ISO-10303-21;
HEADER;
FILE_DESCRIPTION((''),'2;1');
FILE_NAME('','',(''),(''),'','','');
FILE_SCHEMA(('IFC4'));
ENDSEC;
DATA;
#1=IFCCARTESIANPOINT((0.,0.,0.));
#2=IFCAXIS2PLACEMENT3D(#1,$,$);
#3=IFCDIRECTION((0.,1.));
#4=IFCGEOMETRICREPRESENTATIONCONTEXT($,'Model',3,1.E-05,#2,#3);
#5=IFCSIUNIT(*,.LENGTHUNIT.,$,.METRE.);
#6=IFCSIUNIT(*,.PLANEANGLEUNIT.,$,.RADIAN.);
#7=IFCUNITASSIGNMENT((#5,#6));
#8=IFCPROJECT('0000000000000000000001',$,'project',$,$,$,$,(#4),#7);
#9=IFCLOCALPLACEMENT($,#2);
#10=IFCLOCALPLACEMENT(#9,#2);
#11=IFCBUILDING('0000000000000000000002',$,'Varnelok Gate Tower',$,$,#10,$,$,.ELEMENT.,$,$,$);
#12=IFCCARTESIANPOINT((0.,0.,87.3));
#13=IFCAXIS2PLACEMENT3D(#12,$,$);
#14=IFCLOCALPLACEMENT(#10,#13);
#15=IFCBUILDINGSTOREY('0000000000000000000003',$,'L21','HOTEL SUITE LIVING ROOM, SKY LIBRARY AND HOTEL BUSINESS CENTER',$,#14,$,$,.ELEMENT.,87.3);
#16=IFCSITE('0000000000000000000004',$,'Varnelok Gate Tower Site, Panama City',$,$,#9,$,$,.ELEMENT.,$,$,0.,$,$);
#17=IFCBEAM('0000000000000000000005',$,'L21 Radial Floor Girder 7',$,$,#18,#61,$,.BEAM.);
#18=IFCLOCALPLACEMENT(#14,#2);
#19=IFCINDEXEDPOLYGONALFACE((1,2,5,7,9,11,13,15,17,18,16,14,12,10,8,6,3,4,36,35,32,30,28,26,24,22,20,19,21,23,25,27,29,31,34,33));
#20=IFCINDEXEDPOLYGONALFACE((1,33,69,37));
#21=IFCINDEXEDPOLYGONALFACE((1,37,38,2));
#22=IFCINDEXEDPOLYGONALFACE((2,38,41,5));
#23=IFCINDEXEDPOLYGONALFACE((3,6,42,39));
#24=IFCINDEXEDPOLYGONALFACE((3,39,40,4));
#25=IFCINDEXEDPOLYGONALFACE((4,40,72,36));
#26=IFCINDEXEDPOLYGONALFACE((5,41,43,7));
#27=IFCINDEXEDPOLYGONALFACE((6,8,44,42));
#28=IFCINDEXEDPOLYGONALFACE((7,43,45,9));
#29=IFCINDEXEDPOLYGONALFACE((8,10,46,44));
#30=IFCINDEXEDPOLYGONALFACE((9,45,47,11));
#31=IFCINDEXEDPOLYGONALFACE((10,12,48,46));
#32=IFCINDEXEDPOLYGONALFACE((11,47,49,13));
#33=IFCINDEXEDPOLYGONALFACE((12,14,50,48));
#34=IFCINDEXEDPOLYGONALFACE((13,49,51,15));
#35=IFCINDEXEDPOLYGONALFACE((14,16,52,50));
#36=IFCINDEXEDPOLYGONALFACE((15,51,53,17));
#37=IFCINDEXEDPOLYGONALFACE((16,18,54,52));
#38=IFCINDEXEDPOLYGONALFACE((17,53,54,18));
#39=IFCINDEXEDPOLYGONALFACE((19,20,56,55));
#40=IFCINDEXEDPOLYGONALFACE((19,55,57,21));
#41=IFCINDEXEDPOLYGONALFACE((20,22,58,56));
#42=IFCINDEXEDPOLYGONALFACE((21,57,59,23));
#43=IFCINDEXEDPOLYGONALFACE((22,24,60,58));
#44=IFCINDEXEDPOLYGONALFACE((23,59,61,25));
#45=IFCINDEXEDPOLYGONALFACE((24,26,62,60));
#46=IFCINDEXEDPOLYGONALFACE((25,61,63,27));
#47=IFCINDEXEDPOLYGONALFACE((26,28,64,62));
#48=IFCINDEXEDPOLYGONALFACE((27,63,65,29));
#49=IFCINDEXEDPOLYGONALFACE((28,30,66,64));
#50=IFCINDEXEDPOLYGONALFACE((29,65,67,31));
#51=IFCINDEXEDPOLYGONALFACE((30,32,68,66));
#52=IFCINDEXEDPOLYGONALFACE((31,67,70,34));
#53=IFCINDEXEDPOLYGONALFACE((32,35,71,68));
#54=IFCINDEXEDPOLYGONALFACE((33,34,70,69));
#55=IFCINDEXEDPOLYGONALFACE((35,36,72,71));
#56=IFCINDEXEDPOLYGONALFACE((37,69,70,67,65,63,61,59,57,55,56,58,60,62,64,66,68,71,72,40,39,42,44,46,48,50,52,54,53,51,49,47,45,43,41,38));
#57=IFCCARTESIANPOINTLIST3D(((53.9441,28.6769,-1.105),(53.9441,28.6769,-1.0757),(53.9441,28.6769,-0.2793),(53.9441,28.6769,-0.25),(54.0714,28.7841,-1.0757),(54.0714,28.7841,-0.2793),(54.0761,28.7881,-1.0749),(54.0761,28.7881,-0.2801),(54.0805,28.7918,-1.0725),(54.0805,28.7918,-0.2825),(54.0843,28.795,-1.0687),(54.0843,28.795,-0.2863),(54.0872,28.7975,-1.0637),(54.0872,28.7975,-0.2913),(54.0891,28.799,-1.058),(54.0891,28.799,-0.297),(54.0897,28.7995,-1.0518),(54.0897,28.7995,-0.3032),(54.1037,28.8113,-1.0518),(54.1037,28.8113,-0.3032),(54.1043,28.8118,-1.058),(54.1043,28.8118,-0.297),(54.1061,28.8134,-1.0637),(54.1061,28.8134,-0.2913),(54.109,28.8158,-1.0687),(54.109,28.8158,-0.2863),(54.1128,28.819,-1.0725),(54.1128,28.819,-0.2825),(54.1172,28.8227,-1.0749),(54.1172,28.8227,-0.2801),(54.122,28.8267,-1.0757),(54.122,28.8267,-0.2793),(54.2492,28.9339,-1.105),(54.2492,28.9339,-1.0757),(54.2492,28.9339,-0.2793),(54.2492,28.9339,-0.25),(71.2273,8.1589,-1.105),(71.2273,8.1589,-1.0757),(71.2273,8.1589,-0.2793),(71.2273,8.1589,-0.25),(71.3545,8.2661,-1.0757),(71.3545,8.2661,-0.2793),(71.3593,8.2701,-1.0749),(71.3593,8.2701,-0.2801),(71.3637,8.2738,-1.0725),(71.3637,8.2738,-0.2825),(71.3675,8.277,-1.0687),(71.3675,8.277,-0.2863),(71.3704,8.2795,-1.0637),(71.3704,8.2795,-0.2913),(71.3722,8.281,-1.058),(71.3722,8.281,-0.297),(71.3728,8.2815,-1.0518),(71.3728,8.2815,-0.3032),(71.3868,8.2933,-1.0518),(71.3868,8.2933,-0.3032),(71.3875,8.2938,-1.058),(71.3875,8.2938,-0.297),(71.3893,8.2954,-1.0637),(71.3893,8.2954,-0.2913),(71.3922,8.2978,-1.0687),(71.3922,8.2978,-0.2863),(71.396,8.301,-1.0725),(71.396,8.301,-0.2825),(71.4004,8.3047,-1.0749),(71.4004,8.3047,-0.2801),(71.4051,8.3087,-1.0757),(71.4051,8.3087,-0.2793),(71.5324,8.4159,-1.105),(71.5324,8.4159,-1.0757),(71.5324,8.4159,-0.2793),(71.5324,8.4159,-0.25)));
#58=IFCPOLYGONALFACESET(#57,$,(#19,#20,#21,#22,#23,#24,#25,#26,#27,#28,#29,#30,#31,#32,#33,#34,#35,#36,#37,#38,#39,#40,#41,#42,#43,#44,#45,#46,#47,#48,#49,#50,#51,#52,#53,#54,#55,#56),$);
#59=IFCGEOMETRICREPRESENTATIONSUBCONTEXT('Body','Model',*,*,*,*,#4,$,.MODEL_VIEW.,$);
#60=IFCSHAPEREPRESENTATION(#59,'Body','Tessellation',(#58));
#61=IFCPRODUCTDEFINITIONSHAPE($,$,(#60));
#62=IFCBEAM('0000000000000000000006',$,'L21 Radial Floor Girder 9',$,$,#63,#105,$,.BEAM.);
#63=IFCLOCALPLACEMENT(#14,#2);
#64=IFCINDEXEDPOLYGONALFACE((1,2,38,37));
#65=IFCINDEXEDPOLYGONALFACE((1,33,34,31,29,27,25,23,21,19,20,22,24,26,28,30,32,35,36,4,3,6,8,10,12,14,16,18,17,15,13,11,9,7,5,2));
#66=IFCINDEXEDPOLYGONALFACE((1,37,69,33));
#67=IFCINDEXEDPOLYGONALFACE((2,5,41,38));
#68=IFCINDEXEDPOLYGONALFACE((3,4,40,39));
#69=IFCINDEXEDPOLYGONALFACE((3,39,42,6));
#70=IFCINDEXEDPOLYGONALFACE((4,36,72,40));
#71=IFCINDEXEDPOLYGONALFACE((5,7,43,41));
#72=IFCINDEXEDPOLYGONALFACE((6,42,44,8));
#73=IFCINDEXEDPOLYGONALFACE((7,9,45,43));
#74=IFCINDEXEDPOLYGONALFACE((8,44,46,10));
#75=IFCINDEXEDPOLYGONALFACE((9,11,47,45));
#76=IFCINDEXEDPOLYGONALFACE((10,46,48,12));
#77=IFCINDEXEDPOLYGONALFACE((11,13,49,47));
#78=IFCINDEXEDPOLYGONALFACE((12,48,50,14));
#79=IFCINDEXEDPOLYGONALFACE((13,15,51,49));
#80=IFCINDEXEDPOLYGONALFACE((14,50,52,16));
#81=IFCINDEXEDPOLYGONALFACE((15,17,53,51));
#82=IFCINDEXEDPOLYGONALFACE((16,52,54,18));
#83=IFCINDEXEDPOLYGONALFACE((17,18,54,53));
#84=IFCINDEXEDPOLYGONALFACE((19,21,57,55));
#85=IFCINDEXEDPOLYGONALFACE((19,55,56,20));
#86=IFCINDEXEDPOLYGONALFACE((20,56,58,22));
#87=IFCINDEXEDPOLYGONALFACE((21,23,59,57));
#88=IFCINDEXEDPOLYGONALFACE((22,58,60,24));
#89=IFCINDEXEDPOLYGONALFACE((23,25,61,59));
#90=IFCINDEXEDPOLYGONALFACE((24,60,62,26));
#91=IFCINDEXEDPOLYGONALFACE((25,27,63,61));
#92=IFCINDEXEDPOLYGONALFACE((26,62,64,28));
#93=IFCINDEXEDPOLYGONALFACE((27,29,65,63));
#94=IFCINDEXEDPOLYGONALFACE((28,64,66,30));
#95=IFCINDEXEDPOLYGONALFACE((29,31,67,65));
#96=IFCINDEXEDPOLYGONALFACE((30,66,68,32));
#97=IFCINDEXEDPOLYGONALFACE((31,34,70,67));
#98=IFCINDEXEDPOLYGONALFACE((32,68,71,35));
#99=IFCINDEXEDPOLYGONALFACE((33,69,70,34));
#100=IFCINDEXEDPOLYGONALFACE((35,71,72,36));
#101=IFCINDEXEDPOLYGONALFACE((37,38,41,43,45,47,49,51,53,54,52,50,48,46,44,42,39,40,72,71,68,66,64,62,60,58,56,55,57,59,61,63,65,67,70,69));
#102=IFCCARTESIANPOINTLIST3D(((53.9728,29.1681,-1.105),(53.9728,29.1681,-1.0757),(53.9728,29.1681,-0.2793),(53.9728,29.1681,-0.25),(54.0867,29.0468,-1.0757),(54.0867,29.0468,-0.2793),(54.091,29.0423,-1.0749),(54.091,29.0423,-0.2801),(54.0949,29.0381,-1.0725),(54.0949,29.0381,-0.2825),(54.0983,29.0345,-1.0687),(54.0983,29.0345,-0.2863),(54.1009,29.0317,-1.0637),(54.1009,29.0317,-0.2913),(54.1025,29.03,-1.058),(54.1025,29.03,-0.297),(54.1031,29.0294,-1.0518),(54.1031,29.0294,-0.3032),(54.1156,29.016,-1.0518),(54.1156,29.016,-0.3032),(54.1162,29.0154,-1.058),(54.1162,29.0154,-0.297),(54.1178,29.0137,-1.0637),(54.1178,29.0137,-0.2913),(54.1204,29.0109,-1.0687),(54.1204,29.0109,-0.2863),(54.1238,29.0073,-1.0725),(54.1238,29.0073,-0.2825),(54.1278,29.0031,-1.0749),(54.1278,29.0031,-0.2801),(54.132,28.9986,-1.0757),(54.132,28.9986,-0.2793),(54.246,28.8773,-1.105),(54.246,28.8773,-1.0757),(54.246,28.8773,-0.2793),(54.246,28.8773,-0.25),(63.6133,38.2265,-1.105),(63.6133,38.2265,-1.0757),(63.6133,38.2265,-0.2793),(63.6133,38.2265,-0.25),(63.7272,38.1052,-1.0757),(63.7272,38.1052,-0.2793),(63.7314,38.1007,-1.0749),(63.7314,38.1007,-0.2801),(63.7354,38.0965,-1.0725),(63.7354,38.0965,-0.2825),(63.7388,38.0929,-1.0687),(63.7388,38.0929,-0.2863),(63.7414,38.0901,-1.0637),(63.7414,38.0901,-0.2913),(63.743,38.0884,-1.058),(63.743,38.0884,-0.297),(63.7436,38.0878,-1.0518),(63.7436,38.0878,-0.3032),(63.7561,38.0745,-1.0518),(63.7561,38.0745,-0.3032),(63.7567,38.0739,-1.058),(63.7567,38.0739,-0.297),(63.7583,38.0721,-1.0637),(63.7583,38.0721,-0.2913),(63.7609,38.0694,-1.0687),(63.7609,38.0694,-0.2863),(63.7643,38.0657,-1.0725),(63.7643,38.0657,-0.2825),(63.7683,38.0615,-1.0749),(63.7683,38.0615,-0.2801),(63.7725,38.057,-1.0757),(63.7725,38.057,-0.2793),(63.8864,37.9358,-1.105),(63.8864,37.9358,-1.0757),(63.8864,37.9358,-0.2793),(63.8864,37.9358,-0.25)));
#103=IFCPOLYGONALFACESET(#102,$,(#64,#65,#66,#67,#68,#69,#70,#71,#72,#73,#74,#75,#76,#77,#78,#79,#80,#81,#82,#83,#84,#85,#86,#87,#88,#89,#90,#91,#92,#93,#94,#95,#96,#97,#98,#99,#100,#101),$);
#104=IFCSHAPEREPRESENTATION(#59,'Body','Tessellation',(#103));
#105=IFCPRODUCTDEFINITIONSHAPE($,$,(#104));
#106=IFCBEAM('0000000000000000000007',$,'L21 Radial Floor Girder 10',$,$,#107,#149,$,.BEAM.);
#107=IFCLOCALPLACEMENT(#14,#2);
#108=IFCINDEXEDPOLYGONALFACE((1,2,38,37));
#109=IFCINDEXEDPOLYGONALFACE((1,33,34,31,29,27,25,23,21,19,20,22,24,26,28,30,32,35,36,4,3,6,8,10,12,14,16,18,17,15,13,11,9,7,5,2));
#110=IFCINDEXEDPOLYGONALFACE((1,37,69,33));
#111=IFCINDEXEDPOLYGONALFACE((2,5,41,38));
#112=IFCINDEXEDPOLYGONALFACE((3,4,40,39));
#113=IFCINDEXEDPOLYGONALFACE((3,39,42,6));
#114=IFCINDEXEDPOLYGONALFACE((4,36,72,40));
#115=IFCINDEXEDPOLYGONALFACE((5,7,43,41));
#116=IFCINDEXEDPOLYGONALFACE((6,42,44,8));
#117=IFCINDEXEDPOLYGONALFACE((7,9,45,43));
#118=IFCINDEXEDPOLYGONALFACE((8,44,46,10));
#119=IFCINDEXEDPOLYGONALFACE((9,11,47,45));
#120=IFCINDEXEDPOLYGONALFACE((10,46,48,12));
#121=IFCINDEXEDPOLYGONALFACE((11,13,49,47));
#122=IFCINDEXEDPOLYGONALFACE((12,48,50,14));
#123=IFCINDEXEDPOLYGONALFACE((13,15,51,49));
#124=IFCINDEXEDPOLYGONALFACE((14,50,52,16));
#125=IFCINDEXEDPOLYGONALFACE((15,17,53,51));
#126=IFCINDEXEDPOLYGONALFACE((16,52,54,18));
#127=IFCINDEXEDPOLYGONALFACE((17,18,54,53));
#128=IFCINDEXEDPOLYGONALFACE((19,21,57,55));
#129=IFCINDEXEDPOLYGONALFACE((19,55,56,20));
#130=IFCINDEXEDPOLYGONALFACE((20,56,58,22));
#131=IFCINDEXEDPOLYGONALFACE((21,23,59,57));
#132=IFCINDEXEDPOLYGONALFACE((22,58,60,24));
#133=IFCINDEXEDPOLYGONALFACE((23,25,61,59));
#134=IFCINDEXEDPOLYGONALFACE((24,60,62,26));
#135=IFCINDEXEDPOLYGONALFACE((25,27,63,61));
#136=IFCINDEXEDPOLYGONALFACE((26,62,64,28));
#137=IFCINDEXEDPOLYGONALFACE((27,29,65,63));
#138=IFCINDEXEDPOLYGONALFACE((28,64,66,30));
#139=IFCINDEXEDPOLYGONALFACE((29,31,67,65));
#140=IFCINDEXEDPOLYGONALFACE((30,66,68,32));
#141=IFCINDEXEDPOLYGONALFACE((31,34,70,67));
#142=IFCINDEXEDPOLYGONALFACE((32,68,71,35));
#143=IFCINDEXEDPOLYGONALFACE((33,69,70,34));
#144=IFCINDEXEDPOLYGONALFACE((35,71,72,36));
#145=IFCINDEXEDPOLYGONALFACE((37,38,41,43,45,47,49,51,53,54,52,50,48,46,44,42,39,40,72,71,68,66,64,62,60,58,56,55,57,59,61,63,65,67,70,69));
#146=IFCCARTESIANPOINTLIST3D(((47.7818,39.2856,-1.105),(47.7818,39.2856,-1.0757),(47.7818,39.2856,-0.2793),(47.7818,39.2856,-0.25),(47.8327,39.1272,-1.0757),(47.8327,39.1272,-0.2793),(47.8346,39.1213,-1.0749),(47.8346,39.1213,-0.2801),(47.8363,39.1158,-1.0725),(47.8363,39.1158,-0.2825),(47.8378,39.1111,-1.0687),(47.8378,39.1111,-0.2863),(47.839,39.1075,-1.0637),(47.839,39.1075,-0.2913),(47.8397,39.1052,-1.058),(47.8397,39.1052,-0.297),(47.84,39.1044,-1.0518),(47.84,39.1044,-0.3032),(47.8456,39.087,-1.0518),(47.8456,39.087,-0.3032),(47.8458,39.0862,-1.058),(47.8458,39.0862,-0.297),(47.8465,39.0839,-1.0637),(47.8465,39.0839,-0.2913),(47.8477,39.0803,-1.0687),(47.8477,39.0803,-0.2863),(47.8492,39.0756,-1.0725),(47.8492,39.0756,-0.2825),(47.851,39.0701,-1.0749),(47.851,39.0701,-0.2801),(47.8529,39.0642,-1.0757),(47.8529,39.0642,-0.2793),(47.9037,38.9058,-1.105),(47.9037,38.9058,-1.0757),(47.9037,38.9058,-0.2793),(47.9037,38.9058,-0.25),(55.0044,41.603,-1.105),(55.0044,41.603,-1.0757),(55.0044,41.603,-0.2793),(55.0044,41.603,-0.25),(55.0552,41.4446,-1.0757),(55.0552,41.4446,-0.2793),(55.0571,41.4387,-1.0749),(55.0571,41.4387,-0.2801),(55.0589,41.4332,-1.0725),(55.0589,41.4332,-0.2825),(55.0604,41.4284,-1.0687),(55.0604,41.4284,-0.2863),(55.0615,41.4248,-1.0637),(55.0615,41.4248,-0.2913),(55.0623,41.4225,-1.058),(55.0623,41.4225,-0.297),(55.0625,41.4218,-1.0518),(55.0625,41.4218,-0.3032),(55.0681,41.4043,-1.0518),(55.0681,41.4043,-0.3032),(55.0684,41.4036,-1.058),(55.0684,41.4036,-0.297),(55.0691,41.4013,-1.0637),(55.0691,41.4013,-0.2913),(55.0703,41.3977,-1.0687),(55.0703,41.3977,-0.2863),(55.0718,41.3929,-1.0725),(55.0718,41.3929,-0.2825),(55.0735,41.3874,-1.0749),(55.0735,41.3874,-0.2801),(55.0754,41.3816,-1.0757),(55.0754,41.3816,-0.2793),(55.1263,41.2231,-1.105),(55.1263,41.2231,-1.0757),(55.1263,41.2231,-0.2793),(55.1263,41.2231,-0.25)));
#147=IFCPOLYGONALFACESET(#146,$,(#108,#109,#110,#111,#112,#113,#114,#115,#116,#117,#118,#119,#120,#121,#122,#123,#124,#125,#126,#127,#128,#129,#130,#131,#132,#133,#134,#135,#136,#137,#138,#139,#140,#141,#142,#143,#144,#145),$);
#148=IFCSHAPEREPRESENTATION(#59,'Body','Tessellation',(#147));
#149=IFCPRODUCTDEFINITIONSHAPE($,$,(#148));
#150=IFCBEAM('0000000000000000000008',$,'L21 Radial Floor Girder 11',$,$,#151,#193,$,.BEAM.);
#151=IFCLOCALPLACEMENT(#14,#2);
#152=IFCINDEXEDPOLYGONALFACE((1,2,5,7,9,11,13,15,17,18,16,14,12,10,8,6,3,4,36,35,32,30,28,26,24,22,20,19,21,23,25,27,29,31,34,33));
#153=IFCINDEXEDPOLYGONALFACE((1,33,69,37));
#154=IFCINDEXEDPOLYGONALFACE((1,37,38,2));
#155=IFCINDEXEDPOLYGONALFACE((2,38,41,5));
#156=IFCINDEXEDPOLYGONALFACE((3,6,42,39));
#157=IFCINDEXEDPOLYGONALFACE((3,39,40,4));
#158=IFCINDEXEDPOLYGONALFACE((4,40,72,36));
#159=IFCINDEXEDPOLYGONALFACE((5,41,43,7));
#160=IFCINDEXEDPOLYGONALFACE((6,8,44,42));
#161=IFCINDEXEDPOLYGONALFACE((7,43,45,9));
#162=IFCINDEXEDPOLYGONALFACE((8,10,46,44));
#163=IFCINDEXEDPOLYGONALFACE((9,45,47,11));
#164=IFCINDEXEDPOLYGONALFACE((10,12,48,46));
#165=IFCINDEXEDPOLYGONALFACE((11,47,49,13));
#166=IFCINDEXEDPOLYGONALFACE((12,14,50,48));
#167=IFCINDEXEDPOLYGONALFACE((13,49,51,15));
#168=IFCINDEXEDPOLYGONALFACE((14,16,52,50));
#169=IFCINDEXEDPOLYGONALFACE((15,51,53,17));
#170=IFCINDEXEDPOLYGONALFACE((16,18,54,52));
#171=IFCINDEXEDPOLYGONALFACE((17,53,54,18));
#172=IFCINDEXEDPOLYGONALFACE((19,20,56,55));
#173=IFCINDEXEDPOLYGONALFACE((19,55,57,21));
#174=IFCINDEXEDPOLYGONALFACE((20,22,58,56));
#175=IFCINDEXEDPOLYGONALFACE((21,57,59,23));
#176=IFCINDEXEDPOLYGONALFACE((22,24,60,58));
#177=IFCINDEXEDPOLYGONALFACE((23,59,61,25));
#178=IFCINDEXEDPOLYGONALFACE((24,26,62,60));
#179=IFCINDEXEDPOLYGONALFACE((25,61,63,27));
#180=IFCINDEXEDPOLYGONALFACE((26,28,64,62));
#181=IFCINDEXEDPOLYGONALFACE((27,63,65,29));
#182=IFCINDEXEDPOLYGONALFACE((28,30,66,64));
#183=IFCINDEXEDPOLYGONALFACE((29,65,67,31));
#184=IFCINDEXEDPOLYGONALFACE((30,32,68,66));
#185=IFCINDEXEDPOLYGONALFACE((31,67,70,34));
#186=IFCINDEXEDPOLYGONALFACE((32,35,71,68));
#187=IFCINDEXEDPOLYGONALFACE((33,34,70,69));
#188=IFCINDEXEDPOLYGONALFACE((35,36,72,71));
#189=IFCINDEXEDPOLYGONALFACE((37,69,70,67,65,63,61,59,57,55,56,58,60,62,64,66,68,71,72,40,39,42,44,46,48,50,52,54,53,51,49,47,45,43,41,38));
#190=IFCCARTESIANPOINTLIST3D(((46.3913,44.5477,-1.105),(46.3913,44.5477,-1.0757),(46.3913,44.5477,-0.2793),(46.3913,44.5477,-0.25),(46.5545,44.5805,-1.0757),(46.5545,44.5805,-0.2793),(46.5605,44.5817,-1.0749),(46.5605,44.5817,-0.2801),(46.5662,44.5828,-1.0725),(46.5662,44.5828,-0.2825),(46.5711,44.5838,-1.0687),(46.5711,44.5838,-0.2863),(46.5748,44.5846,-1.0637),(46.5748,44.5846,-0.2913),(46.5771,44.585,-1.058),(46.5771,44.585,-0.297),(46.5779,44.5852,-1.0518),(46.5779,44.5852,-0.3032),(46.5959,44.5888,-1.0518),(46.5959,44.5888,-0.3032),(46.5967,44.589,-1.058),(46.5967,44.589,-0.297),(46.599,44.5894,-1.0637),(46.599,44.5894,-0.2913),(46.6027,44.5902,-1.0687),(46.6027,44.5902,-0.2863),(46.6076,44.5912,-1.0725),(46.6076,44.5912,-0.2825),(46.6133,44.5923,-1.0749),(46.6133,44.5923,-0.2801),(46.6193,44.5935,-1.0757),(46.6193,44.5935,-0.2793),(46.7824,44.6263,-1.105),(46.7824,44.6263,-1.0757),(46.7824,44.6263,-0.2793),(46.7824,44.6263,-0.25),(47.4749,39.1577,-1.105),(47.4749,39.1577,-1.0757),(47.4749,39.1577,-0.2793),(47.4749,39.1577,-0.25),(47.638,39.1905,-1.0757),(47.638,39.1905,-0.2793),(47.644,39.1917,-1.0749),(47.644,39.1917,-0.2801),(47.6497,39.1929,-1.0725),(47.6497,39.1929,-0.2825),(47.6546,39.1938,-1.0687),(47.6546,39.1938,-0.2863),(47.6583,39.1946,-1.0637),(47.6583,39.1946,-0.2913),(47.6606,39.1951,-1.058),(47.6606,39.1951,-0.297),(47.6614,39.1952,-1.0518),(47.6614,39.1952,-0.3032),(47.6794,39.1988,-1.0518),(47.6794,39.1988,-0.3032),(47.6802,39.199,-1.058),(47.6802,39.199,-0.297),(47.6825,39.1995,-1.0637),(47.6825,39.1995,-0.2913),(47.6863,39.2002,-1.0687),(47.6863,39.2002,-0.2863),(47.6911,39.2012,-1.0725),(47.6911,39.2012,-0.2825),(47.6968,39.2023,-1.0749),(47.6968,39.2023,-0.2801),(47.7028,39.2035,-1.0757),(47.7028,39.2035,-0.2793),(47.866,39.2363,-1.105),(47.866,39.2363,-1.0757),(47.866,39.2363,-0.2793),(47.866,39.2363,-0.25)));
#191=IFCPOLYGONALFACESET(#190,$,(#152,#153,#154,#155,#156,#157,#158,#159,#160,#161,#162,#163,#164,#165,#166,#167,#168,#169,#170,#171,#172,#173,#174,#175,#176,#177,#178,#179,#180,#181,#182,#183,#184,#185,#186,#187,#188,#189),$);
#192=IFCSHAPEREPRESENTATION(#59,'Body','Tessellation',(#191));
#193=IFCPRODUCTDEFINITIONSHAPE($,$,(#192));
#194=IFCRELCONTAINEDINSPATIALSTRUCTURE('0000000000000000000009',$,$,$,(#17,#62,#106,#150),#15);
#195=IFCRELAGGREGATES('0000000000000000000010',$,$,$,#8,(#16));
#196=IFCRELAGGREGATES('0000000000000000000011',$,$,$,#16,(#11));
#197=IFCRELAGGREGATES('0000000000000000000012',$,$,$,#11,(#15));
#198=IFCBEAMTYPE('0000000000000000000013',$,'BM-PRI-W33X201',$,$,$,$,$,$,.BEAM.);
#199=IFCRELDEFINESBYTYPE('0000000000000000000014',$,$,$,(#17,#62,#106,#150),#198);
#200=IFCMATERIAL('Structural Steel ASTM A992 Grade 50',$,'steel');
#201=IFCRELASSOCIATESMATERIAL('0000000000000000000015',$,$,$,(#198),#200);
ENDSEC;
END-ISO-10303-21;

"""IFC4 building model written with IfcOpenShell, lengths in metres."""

from ifc_helpers import new_model, si_unit, direction, frame, origin, origin_2d, place, context, subcontext, project, spatial, i_section, extrude, material, material_profile, profile_set, type_object, element, save


model = new_model("IFC4")

# Units and contexts
model_context = context("Model", 3, precision=1e-05, world=origin(), true_north=direction((0.0, 1.0)))
body_context = subcontext(model_context, "Body", "Model", "MODEL_VIEW")
ifc_project = project(units=[si_unit("LENGTHUNIT", "METRE"), si_unit("PLANEANGLEUNIT", "RADIAN")], contexts=[model_context])

# Site, building, storey
site_placement = place(None, origin())
site = spatial("IfcSite", under=ifc_project, at=site_placement, Name="Varnelok Gate Tower Site, Panama City", CompositionType="ELEMENT", RefElevation=0.0)
building_placement = place(site_placement, origin())
building = spatial("IfcBuilding", under=site, at=building_placement, Name="Varnelok Gate Tower", CompositionType="ELEMENT")
storey_placement = place(building_placement, frame((0.0, 0.0, 87.3)))
storey = spatial("IfcBuildingStorey", under=building, at=storey_placement, Name="L21", Description="HOTEL SUITE LIVING ROOM, SKY LIBRARY AND HOTEL BUSINESS CENTER", CompositionType="ELEMENT", Elevation=87.3)

# Shared definitions
ifc_material_1 = material(Name="Structural Steel ASTM A992 Grade 50", Category="steel")

# Beams
ifc_material_profile_1 = material_profile(ifc_material_1, i_section(OverallWidth=0.3989, OverallDepth=0.855, WebThickness=0.0183, FlangeThickness=0.0293, FilletRadius=0.0239, at=origin_2d()), Name="W33X201")
ifc_profile_set_1 = profile_set([ifc_material_profile_1], Name="Structural Steel ASTM A992 Grade 50")
beam_type_1 = type_object("IfcBeamType", Name="BM-PRI-W33X201", PredefinedType="BEAM", material=ifc_profile_set_1)
beam_1_placement = place(storey_placement, frame((54.0967, 28.8054, -0.6775), z_axis=(0.644241, -0.764822, 0.0), x_axis=(0.764822, 0.644241, 0.0)))
element("IfcBeam", 1, at=beam_1_placement, inside=storey, type_object=beam_type_1, Name="L21 Radial Floor Girder 7", PredefinedType="BEAM", context=body_context, shape_type="SweptSolid", body=[
    extrude(i_section(OverallWidth=0.3989, OverallDepth=0.855, WebThickness=0.0183, FlangeThickness=0.0293, FilletRadius=0.0239, at=origin_2d()), origin(), (0.0, 0.0, 1.0), 26.8271),
])
beam_2_placement = place(storey_placement, frame((54.1094, 29.0227, -0.6775), z_axis=(0.728764, 0.684765, 0.0), x_axis=(-0.684765, 0.728764, 0.0)))
element("IfcBeam", 2, at=beam_2_placement, inside=storey, type_object=beam_type_1, Name="L21 Radial Floor Girder 9", PredefinedType="BEAM", context=body_context, shape_type="SweptSolid", body=[
    extrude(i_section(OverallWidth=0.3989, OverallDepth=0.855, WebThickness=0.0183, FlangeThickness=0.0293, FilletRadius=0.0239, at=origin_2d()), origin(), (0.0, 0.0, 1.0), 13.2285),
])
beam_3_placement = place(storey_placement, frame((47.8428, 39.0957, -0.6775), z_axis=(0.952189, 0.305509, 0.0), x_axis=(-0.305509, 0.952189, 0.0)))
element("IfcBeam", 3, at=beam_3_placement, inside=storey, type_object=beam_type_1, Name="L21 Radial Floor Girder 10", PredefinedType="BEAM", context=body_context, shape_type="SweptSolid", body=[
    extrude(i_section(OverallWidth=0.3989, OverallDepth=0.855, WebThickness=0.0183, FlangeThickness=0.0293, FilletRadius=0.0239, at=origin_2d()), origin(), (0.0, 0.0, 1.0), 7.5852),
])
beam_4_placement = place(storey_placement, frame((47.6704, 39.197, -0.6775), z_axis=(-0.197081, 0.980387, 0.0), x_axis=(-0.980387, -0.197081, 0.0)))
element("IfcBeam", 4, at=beam_4_placement, inside=storey, type_object=beam_type_1, Name="L21 Radial Floor Girder 11", PredefinedType="BEAM", context=body_context, shape_type="SweptSolid", body=[
    extrude(i_section(OverallWidth=0.3989, OverallDepth=0.855, WebThickness=0.0183, FlangeThickness=0.0293, FilletRadius=0.0239, at=origin_2d()), origin(), (0.0, 0.0, 1.0), 5.4978),
])

save(model, "model.ifc")
